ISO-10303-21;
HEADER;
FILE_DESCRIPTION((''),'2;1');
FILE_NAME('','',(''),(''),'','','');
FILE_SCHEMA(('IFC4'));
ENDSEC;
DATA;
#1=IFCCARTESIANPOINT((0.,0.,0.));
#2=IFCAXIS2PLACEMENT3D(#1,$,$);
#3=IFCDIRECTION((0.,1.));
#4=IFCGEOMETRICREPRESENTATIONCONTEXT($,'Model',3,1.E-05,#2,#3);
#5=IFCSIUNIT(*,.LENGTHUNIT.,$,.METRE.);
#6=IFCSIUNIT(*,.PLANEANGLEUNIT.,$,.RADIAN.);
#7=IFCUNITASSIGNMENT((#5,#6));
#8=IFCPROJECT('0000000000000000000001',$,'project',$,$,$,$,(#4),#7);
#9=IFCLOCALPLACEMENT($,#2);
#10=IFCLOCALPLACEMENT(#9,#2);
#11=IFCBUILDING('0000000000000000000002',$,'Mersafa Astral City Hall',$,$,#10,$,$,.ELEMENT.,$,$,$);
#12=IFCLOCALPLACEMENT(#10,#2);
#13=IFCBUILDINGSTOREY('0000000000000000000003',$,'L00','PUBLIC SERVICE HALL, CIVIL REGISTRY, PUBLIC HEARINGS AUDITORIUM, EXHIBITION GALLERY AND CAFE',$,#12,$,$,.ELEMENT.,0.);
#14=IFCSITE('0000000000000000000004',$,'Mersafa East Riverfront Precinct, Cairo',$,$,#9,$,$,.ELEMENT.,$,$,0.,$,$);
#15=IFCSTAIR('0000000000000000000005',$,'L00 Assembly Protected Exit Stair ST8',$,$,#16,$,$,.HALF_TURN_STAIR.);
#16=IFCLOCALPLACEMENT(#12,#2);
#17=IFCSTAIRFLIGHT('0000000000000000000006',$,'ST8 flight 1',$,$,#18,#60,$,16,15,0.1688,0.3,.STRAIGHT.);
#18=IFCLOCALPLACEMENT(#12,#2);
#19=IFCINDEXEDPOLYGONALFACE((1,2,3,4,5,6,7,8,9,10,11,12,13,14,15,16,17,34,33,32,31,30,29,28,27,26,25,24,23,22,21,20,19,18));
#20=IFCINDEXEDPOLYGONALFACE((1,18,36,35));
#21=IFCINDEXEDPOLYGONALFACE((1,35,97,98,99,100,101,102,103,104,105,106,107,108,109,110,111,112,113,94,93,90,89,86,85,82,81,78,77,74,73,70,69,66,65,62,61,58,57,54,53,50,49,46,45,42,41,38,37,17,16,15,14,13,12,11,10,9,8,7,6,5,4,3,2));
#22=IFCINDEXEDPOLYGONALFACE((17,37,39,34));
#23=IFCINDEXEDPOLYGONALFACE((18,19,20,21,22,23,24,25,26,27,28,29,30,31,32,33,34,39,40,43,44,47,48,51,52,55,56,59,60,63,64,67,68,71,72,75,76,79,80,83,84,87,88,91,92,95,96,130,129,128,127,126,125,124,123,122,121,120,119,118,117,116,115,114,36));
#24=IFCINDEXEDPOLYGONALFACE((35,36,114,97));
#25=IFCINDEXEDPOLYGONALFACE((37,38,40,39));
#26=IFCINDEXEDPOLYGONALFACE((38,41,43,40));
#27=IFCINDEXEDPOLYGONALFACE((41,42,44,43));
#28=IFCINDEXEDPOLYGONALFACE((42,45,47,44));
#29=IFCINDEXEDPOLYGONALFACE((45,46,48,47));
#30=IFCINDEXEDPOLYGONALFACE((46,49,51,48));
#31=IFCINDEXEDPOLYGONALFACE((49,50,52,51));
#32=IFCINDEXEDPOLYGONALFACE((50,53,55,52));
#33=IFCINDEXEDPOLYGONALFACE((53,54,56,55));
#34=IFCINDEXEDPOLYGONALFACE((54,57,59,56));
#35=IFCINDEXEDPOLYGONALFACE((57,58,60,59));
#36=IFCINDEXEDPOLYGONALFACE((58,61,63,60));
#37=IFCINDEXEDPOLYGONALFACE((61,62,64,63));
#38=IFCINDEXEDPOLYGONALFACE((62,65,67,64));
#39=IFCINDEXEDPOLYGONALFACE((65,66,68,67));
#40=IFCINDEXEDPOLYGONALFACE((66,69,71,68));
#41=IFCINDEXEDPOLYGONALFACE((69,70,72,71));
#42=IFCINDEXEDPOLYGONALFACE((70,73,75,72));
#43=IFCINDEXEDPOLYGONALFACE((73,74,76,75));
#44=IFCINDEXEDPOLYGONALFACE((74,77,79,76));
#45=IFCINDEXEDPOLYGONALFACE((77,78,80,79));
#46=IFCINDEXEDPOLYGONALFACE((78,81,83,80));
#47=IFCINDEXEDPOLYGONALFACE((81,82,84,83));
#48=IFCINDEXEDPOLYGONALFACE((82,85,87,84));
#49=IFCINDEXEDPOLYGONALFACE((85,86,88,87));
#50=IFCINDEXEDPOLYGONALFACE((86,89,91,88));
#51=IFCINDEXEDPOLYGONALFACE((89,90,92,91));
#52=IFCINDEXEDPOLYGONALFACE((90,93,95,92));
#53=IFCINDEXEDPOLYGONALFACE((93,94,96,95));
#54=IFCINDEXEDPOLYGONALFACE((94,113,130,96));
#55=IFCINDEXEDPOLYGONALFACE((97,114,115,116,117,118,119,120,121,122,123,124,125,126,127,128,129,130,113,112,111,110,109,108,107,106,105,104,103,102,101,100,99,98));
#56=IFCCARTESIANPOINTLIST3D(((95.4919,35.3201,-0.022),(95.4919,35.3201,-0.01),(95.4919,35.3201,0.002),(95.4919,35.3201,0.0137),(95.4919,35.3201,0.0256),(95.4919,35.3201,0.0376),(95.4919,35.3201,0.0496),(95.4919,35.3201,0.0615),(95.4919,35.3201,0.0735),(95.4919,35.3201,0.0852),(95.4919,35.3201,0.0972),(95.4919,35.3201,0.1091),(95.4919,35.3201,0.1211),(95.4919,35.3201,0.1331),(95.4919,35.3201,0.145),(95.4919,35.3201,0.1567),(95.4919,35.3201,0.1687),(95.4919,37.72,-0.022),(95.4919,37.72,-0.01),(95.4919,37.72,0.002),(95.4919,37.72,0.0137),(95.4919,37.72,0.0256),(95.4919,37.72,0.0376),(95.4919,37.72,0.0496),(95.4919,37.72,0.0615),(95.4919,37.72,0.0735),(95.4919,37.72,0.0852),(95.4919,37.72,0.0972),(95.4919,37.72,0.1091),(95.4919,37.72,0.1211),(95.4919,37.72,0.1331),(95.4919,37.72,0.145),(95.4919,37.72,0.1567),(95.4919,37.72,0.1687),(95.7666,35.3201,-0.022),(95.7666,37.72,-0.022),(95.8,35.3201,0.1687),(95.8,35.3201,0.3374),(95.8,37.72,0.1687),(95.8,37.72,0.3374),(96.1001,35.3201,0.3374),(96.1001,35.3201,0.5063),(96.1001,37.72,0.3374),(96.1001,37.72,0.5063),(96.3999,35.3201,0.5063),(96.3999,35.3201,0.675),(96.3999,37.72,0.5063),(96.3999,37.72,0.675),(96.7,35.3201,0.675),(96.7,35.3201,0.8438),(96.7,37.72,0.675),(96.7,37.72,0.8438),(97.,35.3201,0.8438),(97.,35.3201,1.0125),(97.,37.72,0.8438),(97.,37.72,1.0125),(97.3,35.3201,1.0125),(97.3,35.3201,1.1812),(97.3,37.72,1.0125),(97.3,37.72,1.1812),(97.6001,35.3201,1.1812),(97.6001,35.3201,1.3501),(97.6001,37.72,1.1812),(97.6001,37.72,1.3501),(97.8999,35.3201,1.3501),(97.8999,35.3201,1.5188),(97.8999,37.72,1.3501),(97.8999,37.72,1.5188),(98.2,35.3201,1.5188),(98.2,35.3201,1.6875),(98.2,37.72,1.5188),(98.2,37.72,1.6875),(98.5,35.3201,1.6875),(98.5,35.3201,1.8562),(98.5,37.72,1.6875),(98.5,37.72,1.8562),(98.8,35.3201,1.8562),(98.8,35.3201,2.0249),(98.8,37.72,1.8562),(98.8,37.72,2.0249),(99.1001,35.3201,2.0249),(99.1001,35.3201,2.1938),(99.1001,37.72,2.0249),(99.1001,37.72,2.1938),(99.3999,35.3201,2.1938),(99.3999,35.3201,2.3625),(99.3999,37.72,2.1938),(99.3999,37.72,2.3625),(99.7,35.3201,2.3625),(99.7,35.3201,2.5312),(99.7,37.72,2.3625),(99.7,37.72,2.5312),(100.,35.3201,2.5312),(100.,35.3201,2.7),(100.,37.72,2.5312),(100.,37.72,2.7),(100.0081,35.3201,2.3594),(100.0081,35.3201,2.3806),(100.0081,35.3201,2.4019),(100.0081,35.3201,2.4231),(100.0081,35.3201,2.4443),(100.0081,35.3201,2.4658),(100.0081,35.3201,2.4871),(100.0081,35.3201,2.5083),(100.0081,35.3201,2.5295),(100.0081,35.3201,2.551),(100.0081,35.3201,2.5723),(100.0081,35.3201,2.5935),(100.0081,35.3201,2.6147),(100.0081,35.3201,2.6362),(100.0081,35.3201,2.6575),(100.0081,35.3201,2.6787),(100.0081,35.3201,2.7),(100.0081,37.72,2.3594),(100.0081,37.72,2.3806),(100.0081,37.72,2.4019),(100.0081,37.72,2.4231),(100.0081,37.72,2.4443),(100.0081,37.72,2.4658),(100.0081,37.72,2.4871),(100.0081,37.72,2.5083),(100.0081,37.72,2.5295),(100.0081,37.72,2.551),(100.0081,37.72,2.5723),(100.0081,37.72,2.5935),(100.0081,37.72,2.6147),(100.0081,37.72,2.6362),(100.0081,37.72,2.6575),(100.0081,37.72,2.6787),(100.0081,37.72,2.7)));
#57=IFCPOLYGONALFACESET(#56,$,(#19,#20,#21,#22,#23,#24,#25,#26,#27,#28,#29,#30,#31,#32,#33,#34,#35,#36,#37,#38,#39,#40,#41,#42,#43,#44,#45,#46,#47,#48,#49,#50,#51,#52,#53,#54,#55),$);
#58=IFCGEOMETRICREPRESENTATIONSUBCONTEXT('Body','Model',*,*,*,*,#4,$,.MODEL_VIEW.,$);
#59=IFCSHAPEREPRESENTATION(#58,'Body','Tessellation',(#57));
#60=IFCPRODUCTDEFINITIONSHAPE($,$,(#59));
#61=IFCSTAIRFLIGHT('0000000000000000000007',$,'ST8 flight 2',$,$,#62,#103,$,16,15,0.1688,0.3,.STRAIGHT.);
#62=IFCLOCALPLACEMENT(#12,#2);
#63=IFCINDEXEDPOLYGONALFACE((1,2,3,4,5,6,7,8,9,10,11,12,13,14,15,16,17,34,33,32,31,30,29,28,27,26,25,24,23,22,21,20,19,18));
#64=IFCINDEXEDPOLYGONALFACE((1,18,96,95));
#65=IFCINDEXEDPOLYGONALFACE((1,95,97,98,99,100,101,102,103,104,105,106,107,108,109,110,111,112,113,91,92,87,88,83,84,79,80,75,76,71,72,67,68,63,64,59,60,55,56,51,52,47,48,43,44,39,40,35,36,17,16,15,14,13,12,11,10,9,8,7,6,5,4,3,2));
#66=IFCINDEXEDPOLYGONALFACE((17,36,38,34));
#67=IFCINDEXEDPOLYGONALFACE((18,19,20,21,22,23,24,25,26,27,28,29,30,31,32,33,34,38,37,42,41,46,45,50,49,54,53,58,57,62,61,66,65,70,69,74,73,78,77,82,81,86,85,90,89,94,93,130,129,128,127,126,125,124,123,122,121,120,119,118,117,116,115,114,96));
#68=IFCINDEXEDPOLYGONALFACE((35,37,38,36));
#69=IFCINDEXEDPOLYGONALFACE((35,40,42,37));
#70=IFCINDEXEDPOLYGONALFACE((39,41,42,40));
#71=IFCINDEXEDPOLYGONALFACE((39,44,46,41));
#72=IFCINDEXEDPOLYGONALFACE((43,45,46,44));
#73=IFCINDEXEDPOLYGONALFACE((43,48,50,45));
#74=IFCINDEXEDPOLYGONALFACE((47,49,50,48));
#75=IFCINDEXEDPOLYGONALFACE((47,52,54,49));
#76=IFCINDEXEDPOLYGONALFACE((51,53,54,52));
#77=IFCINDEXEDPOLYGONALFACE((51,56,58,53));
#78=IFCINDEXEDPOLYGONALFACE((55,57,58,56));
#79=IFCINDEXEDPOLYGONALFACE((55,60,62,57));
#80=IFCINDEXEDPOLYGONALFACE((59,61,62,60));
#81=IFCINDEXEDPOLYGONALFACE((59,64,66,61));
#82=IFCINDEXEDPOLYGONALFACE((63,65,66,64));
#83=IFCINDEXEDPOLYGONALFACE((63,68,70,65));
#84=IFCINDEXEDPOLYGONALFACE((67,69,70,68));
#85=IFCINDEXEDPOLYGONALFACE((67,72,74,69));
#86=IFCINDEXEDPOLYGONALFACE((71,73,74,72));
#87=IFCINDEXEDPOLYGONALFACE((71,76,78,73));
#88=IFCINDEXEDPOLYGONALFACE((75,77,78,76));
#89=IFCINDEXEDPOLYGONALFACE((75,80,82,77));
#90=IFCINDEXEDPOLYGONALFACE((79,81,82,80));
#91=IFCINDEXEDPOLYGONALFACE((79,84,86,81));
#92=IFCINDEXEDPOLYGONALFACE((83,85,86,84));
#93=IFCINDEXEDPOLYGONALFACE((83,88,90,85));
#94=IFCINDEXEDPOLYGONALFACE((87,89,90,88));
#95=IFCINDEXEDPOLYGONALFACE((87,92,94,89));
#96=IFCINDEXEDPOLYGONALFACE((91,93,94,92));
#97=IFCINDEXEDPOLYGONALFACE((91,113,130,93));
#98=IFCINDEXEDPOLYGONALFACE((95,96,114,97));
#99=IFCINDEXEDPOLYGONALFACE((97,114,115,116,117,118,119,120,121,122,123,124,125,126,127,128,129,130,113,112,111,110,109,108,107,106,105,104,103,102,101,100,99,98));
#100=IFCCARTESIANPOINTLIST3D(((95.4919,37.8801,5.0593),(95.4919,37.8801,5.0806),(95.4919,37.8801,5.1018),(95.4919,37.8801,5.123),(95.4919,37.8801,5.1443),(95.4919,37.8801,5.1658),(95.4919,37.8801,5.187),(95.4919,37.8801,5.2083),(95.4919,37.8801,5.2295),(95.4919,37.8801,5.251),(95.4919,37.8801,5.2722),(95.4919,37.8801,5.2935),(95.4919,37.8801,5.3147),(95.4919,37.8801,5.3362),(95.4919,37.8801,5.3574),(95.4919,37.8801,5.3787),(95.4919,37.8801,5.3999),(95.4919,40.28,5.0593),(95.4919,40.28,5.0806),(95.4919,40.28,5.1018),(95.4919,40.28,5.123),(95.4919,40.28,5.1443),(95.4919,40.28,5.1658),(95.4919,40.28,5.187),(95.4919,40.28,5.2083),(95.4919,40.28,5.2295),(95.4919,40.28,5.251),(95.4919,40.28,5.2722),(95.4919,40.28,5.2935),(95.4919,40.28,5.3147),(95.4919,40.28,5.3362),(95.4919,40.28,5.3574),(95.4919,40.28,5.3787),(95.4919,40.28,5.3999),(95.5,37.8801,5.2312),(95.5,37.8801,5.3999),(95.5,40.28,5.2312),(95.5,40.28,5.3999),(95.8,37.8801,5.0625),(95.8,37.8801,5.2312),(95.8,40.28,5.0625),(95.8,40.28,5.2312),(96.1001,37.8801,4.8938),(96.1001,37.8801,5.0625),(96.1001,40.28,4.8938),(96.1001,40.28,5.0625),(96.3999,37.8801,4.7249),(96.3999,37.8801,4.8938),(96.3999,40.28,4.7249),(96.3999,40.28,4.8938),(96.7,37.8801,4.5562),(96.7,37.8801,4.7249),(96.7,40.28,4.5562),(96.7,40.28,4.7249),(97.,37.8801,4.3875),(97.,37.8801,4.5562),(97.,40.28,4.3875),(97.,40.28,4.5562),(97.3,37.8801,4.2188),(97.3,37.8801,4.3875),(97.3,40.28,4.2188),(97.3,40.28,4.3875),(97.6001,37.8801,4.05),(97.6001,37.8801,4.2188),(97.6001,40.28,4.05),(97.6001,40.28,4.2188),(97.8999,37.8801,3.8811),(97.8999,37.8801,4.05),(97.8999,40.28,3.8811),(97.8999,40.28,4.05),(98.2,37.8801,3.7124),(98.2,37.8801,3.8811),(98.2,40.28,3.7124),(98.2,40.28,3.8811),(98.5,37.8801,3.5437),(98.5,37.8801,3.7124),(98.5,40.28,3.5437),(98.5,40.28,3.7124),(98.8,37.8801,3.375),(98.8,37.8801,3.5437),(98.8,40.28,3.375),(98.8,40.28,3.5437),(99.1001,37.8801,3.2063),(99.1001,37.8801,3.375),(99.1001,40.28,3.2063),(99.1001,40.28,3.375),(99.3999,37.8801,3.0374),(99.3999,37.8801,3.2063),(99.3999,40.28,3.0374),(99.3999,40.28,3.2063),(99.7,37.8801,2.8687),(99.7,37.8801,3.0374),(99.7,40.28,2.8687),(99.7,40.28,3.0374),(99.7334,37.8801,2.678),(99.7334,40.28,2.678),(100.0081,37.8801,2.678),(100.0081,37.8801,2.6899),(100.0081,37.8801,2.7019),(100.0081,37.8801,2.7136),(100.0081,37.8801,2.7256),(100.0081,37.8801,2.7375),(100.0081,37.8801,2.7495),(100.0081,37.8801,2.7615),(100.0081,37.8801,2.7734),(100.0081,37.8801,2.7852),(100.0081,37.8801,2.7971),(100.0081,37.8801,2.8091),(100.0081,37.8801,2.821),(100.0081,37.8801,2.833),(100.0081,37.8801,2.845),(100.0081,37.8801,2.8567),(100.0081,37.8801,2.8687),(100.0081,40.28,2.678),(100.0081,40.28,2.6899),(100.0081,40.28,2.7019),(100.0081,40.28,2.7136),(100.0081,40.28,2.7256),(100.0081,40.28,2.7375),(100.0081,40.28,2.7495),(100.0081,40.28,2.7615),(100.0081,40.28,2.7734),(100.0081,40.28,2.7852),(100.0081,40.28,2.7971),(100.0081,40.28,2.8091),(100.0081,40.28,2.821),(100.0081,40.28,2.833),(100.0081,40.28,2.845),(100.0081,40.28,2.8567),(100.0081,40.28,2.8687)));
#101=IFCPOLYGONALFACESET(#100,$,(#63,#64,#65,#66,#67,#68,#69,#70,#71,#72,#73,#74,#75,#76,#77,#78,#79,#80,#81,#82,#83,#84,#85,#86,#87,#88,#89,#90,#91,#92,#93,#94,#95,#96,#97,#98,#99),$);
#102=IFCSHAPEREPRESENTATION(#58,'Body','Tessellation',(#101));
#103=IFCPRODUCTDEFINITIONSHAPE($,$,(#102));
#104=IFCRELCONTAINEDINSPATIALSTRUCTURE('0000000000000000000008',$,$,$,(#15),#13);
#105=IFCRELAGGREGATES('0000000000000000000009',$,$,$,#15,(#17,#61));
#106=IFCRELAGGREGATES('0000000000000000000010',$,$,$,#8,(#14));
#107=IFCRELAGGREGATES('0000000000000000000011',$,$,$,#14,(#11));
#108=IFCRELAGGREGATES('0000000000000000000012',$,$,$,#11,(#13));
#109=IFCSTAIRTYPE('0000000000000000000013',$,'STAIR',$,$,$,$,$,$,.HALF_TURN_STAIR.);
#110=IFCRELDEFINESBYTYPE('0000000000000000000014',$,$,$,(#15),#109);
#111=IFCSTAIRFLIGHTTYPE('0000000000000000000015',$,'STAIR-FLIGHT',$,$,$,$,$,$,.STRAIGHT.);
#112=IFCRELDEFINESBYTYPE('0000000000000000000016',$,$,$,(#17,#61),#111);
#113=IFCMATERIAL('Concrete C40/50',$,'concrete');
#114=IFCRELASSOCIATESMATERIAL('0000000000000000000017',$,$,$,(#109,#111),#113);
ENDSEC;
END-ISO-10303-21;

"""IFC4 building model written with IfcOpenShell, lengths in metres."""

from ifc_helpers import new_model, si_unit, direction, frame, origin, place, context, subcontext, project, spatial, polyline, outline, extrude, material, type_object, element, aggregate, save


model = new_model("IFC4")

# Units and contexts
model_context = context("Model", 3, precision=1e-05, world=origin(), true_north=direction((0.0, 1.0)))
body_context = subcontext(model_context, "Body", "Model", "MODEL_VIEW")
ifc_project = project(units=[si_unit("LENGTHUNIT", "METRE"), si_unit("PLANEANGLEUNIT", "RADIAN")], contexts=[model_context])

# Site, building, storey
site_placement = place(None, origin())
site = spatial("IfcSite", under=ifc_project, at=site_placement, Name="Mersafa East Riverfront Precinct, Cairo", CompositionType="ELEMENT", RefElevation=0.0)
building_placement = place(site_placement, origin())
building = spatial("IfcBuilding", under=site, at=building_placement, Name="Mersafa Astral City Hall", CompositionType="ELEMENT")
storey_placement = place(building_placement, origin())
storey = spatial("IfcBuildingStorey", under=building, at=storey_placement, Name="L00", Description="PUBLIC SERVICE HALL, CIVIL REGISTRY, PUBLIC HEARINGS AUDITORIUM, EXHIBITION GALLERY AND CAFE", CompositionType="ELEMENT", Elevation=0.0)

# Shared definitions
ifc_material_1 = material(Name="Concrete C40/50", Category="concrete")

# Stair, stair flights
stair_type = type_object("IfcStairType", Name="STAIR", PredefinedType="HALF_TURN_STAIR", material=ifc_material_1)
stair_placement = place(storey_placement, origin())
stair = element("IfcStair", 1, at=stair_placement, inside=storey, type_object=stair_type, Name="L00 Assembly Protected Exit Stair ST8", PredefinedType="HALF_TURN_STAIR")
stair_flight_type = type_object("IfcStairFlightType", Name="STAIR-FLIGHT", PredefinedType="STRAIGHT", material=ifc_material_1)
stair_flight_1_placement = place(storey_placement, frame((95.5, 36.52, 0.0), z_axis=(0.0, 0.0, 1.0), x_axis=(1.0, 0.0, 0.0)))
stair_flight_1 = element("IfcStairFlight", 2, at=stair_flight_1_placement, type_object=stair_flight_type, Name="ST8 flight 1", NumberOfRisers=16, NumberOfTreads=15, PredefinedType="STRAIGHT", RiserHeight=0.1688, TreadLength=0.3, context=body_context, shape_type="SweptSolid", body=[
    extrude(outline(polyline([(-0.0081, -0.022), (-0.0081, -0.01), (-0.0081, 0.002), (-0.0081, 0.0137), (-0.0081, 0.0256), (-0.0081, 0.0376), (-0.0081, 0.0496), (-0.0081, 0.0615), (-0.0081, 0.0735), (-0.0081, 0.0852), (-0.0081, 0.0972), (-0.0081, 0.1091), (-0.0081, 0.1211), (-0.0081, 0.1331), (-0.0081, 0.145), (-0.0081, 0.1567), (-0.0081, 0.1687), (0.3, 0.1687), (0.3, 0.3374), (0.6001, 0.3374), (0.6001, 0.5063), (0.8999, 0.5063), (0.8999, 0.675), (1.2, 0.675), (1.2, 0.8438), (1.5, 0.8438), (1.5, 1.0125), (1.8, 1.0125), (1.8, 1.1812), (2.1001, 1.1812), (2.1001, 1.3501), (2.3999, 1.3501), (2.3999, 1.5188), (2.7, 1.5188), (2.7, 1.6875), (3.0, 1.6875), (3.0, 1.8562), (3.3, 1.8562), (3.3, 2.0249), (3.6001, 2.0249), (3.6001, 2.1938), (3.8999, 2.1938), (3.8999, 2.3625), (4.2, 2.3625), (4.2, 2.5312), (4.5, 2.5312), (4.5, 2.7), (4.5081, 2.7), (4.5081, 2.6787), (4.5081, 2.6575), (4.5081, 2.6362), (4.5081, 2.6147), (4.5081, 2.5935), (4.5081, 2.5723), (4.5081, 2.551), (4.5081, 2.5295), (4.5081, 2.5083), (4.5081, 2.4871), (4.5081, 2.4658), (4.5081, 2.4443), (4.5081, 2.4231), (4.5081, 2.4019), (4.5081, 2.3806), (4.5081, 2.3594), (0.2666, -0.022), (-0.0081, -0.022)])), frame((0.0, 1.2, 0.0), z_axis=(0.0, -1.0, 0.0), x_axis=(1.0, 0.0, 0.0)), (0.0, 0.0, 1.0), 2.3999),
])
stair_flight_2_placement = place(storey_placement, frame((100.0, 39.0801, 2.7), z_axis=(0.0, 0.0, 1.0), x_axis=(-1.0, 0.0, 0.0)))
stair_flight_2 = element("IfcStairFlight", 3, at=stair_flight_2_placement, type_object=stair_flight_type, Name="ST8 flight 2", NumberOfRisers=16, NumberOfTreads=15, PredefinedType="STRAIGHT", RiserHeight=0.1688, TreadLength=0.3, context=body_context, shape_type="SweptSolid", body=[
    extrude(outline(polyline([(-0.0081, -0.022), (-0.0081, -0.01), (-0.0081, 0.002), (-0.0081, 0.0137), (-0.0081, 0.0256), (-0.0081, 0.0376), (-0.0081, 0.0496), (-0.0081, 0.0615), (-0.0081, 0.0735), (-0.0081, 0.0852), (-0.0081, 0.0972), (-0.0081, 0.1091), (-0.0081, 0.1211), (-0.0081, 0.1331), (-0.0081, 0.145), (-0.0081, 0.1567), (-0.0081, 0.1687), (0.3, 0.1687), (0.3, 0.3374), (0.6001, 0.3374), (0.6001, 0.5063), (0.8999, 0.5063), (0.8999, 0.675), (1.2, 0.675), (1.2, 0.8438), (1.5, 0.8438), (1.5, 1.0125), (1.8, 1.0125), (1.8, 1.1812), (2.1001, 1.1812), (2.1001, 1.3501), (2.3999, 1.3501), (2.3999, 1.5188), (2.7, 1.5188), (2.7, 1.6875), (3.0, 1.6875), (3.0, 1.8562), (3.3, 1.8562), (3.3, 2.0249), (3.6001, 2.0249), (3.6001, 2.1938), (3.8999, 2.1938), (3.8999, 2.3625), (4.2, 2.3625), (4.2, 2.5312), (4.5, 2.5312), (4.5, 2.7), (4.5081, 2.7), (4.5081, 2.6787), (4.5081, 2.6575), (4.5081, 2.6362), (4.5081, 2.6147), (4.5081, 2.5935), (4.5081, 2.5723), (4.5081, 2.551), (4.5081, 2.5295), (4.5081, 2.5083), (4.5081, 2.4871), (4.5081, 2.4658), (4.5081, 2.4443), (4.5081, 2.4231), (4.5081, 2.4019), (4.5081, 2.3806), (4.5081, 2.3594), (0.2666, -0.022), (-0.0081, -0.022)])), frame((0.0, 1.2, 0.0), z_axis=(0.0, -1.0, 0.0), x_axis=(1.0, 0.0, 0.0)), (0.0, 0.0, 1.0), 2.3999),
])
aggregate(stair, [stair_flight_1, stair_flight_2])

save(model, "model.ifc")
